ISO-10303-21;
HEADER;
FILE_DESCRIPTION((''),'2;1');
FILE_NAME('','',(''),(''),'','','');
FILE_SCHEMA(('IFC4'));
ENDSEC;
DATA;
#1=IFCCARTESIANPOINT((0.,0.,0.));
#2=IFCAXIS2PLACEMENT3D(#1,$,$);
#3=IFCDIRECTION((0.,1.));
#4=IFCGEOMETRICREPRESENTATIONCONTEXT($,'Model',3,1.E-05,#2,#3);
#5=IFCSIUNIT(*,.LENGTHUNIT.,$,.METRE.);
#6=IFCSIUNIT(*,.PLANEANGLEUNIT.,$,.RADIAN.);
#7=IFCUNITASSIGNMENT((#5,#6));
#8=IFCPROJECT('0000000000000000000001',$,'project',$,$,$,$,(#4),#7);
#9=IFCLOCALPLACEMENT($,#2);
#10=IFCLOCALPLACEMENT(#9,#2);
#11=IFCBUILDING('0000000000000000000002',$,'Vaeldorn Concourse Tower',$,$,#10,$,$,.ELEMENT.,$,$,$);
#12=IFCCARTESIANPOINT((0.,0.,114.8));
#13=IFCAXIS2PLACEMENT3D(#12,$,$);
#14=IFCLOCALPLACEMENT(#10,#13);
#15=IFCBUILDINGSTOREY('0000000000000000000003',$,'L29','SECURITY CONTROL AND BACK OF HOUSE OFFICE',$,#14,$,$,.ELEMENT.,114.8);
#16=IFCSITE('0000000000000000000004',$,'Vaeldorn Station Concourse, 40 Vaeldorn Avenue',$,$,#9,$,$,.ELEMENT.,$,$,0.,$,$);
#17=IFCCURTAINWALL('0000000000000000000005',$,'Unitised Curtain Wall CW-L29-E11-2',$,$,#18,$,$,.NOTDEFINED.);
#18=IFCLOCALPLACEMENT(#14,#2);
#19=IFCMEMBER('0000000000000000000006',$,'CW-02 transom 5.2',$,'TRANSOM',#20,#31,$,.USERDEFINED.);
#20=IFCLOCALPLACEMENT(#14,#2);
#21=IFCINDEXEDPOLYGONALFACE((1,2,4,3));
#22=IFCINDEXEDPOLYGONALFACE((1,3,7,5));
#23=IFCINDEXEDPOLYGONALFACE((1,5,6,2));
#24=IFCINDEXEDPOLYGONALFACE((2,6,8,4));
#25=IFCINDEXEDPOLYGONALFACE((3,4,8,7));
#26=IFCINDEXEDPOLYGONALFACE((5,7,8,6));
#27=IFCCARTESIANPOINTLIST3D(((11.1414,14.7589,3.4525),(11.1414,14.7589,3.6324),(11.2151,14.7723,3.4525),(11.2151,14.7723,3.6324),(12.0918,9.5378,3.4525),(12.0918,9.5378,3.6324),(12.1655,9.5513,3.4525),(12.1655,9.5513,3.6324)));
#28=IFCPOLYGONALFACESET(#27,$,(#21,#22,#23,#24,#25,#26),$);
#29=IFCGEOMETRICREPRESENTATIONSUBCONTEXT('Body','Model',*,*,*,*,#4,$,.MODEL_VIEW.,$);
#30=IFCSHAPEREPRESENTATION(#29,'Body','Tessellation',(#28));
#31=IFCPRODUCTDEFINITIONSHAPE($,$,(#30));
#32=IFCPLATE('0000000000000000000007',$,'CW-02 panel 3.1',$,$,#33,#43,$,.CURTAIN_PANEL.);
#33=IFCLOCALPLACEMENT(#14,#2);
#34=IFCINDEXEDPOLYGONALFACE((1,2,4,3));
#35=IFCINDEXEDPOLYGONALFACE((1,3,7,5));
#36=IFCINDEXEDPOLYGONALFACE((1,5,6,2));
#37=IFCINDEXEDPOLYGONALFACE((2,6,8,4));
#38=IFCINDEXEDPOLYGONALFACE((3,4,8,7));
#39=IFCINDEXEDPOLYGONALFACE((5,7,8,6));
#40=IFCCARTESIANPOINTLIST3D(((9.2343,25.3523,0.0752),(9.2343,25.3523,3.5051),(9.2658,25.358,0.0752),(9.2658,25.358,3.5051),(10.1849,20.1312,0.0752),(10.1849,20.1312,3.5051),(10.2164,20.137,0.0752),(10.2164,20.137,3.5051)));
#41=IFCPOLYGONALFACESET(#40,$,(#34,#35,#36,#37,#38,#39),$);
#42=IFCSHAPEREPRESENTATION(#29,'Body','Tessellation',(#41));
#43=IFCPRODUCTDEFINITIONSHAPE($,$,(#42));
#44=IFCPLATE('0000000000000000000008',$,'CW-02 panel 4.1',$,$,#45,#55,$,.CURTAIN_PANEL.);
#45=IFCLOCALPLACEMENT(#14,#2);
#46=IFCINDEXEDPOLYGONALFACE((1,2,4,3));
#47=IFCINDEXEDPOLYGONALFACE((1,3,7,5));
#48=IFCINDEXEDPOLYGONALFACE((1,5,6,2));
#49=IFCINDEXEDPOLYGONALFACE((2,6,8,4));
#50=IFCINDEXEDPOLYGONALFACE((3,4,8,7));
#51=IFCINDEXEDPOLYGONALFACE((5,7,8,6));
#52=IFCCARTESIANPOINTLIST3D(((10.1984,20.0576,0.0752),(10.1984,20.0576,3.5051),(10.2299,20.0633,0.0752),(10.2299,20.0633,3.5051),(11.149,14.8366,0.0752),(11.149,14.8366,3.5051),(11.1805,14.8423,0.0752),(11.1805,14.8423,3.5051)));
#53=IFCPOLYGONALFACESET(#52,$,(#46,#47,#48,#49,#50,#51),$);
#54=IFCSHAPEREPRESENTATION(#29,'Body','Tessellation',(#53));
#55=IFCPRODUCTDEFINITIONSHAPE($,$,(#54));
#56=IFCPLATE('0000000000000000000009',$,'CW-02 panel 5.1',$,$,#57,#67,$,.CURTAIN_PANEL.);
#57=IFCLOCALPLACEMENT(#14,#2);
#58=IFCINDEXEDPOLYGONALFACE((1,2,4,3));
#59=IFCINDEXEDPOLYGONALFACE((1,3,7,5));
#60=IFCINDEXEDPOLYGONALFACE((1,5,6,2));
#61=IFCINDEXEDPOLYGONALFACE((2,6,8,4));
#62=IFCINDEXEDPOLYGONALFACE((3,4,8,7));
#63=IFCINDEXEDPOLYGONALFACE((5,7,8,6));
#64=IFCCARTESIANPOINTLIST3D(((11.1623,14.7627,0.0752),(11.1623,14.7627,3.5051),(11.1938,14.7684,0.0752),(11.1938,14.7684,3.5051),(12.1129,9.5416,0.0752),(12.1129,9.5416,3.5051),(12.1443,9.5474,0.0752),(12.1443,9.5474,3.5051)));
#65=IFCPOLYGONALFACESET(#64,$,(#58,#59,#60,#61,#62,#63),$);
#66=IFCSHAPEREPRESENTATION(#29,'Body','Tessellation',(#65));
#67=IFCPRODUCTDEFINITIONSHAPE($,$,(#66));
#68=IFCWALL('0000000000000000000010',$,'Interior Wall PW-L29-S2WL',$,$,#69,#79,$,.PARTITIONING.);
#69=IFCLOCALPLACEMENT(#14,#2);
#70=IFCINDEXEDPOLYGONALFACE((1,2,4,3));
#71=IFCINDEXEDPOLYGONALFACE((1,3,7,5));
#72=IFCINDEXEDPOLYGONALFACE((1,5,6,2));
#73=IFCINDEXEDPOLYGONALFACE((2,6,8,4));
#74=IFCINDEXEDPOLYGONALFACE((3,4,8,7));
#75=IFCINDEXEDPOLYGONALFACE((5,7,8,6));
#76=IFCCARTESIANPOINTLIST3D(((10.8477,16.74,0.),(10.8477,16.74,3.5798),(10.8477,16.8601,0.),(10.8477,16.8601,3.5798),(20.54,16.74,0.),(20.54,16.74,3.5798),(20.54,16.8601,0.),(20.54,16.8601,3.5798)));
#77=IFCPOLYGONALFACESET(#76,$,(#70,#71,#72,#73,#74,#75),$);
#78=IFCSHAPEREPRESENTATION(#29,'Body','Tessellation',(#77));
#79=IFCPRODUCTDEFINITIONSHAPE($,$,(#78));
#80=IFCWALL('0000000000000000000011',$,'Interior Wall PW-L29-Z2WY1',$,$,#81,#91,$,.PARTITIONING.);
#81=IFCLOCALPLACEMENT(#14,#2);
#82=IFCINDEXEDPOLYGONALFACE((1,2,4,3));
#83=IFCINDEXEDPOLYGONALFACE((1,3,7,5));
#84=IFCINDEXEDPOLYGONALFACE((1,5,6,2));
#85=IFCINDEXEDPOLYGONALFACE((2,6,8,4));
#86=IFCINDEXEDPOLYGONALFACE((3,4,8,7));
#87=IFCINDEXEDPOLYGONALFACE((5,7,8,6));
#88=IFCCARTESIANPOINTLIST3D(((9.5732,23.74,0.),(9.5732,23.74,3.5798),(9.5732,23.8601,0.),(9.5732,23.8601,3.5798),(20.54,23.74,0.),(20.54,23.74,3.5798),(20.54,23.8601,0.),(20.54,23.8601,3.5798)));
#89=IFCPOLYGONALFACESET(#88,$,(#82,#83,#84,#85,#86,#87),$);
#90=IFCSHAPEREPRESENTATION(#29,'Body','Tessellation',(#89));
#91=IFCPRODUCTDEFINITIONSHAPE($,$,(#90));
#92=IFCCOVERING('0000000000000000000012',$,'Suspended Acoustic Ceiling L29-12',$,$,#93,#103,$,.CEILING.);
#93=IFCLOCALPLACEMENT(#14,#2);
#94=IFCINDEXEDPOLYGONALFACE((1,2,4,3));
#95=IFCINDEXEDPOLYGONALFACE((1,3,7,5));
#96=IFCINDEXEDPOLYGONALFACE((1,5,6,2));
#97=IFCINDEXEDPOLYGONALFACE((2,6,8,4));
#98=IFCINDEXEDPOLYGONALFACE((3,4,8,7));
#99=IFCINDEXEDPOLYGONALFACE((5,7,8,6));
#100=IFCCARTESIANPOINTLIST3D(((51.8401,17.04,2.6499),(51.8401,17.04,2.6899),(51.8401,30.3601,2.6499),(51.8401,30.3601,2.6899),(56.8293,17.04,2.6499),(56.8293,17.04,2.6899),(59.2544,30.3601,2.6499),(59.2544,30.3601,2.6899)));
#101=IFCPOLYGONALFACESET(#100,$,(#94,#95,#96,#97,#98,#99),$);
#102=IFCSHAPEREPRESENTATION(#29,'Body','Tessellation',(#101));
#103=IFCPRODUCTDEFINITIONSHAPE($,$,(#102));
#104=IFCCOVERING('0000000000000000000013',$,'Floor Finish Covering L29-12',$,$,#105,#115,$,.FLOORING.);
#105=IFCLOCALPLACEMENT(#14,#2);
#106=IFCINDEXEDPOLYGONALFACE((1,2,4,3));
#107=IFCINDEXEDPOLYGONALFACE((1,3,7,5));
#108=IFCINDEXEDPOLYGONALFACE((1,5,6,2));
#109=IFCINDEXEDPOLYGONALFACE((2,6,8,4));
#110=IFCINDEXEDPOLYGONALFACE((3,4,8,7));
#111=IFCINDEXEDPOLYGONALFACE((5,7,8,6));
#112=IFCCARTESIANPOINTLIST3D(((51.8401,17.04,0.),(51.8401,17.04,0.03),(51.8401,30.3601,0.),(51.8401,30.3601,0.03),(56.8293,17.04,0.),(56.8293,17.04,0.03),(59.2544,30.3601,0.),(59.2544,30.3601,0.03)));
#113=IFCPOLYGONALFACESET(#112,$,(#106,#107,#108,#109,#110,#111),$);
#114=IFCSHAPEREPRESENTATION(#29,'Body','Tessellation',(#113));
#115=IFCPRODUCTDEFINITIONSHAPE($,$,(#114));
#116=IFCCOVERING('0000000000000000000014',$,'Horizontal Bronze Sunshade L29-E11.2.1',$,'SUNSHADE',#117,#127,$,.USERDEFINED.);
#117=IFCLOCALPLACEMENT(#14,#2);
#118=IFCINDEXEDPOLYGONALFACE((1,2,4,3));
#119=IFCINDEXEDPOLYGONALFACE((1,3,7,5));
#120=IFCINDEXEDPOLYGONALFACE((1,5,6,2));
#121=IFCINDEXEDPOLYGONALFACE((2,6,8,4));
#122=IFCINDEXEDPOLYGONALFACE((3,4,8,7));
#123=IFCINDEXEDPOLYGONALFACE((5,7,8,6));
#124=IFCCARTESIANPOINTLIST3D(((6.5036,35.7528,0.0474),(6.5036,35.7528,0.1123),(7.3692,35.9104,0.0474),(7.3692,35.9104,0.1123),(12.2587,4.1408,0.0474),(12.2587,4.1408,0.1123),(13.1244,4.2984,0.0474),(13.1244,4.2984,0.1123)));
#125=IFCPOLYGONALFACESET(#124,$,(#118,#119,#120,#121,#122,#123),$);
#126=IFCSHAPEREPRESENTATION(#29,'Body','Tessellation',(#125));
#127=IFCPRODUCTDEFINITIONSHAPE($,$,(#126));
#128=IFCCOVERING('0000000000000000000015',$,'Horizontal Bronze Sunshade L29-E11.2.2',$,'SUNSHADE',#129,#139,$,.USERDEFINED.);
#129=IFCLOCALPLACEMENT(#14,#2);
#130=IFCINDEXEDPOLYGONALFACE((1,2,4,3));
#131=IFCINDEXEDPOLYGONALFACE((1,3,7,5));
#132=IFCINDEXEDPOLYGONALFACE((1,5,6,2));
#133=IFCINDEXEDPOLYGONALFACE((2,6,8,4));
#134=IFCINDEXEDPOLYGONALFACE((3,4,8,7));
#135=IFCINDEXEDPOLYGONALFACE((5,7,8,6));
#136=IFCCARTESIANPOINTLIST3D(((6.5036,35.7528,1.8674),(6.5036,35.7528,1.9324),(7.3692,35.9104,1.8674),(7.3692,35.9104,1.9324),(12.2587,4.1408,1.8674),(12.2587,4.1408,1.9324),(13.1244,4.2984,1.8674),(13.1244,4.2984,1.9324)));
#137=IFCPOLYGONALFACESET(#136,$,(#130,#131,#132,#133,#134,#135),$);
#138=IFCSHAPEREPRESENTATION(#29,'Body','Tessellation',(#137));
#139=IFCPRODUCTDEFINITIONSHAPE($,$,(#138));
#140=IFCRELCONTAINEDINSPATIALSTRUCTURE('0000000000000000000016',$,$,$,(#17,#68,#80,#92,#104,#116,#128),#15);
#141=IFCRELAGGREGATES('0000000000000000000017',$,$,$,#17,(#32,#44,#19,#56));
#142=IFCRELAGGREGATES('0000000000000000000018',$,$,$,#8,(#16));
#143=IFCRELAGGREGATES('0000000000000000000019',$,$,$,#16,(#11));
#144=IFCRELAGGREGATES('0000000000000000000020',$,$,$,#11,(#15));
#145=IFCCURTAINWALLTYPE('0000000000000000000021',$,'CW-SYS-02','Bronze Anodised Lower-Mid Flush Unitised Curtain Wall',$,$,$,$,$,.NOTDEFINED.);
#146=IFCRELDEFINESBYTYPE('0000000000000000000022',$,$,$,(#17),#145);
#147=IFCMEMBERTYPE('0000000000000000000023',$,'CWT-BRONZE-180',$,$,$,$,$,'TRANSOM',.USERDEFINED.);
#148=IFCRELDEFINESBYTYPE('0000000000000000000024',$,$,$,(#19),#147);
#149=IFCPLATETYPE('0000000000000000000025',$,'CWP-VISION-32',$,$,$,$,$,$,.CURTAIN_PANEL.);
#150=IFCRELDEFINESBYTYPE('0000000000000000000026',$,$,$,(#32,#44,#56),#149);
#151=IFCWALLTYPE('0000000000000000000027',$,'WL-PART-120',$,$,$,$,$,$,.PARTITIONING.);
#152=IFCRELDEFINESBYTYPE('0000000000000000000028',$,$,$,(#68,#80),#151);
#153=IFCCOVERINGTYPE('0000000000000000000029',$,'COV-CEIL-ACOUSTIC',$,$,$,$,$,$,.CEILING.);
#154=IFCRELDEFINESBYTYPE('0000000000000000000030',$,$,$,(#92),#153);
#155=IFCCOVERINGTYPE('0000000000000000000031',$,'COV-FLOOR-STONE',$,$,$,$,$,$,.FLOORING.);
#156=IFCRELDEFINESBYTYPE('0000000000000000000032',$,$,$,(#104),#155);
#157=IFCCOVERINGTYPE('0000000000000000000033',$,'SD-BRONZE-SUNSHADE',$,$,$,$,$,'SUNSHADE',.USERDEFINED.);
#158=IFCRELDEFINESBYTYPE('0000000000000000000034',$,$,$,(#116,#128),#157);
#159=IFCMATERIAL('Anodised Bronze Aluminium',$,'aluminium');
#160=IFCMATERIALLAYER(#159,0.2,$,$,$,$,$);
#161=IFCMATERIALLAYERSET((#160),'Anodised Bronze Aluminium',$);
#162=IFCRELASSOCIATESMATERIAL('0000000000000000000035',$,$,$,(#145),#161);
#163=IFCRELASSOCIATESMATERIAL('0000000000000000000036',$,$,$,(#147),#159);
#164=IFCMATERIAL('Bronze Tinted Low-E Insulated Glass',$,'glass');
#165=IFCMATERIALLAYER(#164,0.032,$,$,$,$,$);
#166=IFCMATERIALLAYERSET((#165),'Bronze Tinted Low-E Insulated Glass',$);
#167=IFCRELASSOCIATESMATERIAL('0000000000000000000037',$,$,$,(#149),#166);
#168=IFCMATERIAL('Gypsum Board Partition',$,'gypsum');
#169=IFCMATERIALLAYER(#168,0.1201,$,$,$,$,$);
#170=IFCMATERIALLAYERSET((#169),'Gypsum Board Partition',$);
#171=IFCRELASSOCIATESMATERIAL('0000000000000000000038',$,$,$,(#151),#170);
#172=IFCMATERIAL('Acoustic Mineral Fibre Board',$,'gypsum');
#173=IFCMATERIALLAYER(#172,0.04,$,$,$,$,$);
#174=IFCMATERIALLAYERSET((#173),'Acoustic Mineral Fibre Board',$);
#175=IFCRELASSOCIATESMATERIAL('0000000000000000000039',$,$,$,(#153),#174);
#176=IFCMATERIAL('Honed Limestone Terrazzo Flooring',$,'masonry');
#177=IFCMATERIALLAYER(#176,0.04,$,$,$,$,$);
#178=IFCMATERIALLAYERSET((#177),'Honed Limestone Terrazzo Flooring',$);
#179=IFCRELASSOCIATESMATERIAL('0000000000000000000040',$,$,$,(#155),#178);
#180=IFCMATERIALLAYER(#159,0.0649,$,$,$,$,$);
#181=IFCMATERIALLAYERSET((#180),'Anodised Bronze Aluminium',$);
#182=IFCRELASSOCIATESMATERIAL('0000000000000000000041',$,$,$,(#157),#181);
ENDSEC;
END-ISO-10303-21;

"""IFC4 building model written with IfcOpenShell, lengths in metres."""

from ifc_helpers import new_model, si_unit, direction, frame, frame_2d, origin, origin_2d, place, context, subcontext, project, spatial, polyline, rectangle, outline, extrude, source, transform, mapped, material, layer, layer_set, material_profile, profile_set, type_object, element, aggregate, save


model = new_model("IFC4")

# Units and contexts
model_context = context("Model", 3, precision=1e-05, world=origin(), true_north=direction((0.0, 1.0)))
body_context = subcontext(model_context, "Body", "Model", "MODEL_VIEW")
ifc_project = project(units=[si_unit("LENGTHUNIT", "METRE"), si_unit("PLANEANGLEUNIT", "RADIAN")], contexts=[model_context])

# Site, building, storey
site_placement = place(None, origin())
site = spatial("IfcSite", under=ifc_project, at=site_placement, Name="Vaeldorn Station Concourse, 40 Vaeldorn Avenue", CompositionType="ELEMENT", RefElevation=0.0)
building_placement = place(site_placement, origin())
building = spatial("IfcBuilding", under=site, at=building_placement, Name="Vaeldorn Concourse Tower", CompositionType="ELEMENT")
storey_placement = place(building_placement, frame((0.0, 0.0, 114.8)))
storey = spatial("IfcBuildingStorey", under=building, at=storey_placement, Name="L29", Description="SECURITY CONTROL AND BACK OF HOUSE OFFICE", CompositionType="ELEMENT", Elevation=114.8)

# Curtain wall, member, plates
ifc_material_1 = material(Name="Anodised Bronze Aluminium", Category="aluminium")
ifc_layer_1 = layer(ifc_material_1, 0.2)
ifc_layer_set_1 = layer_set([ifc_layer_1], Name="Anodised Bronze Aluminium")
curtain_wall_type = type_object("IfcCurtainWallType", Name="CW-SYS-02", Description="Bronze Anodised Lower-Mid Flush Unitised Curtain Wall", PredefinedType="NOTDEFINED", material=ifc_layer_set_1)
curtain_wall_placement = place(storey_placement, origin())
curtain_wall = element("IfcCurtainWall", 1, at=curtain_wall_placement, inside=storey, type_object=curtain_wall_type, Name="Unitised Curtain Wall CW-L29-E11-2", PredefinedType="NOTDEFINED")
ifc_material_profile_1 = material_profile(ifc_material_1, rectangle(XDim=0.075, YDim=0.1799, at=origin_2d()), Name="CWT 75x180")
ifc_profile_set_1 = profile_set([ifc_material_profile_1], Name="Anodised Bronze Aluminium")
member_type_1 = type_object("IfcMemberType", Name="CWT-BRONZE-180", ElementType="TRANSOM", PredefinedType="USERDEFINED", material=ifc_profile_set_1)
shared_shape_1 = source(origin(), body_context, "Body", "SweptSolid", [
    extrude(rectangle(XDim=0.075, YDim=0.1799, at=origin_2d()), origin(), (0.0, 0.0, 1.0), 5.3069),
])
member_1_placement = place(storey_placement, frame((11.1782, 14.7656, 3.5425), z_axis=(0.179092, -0.983832, 0.0), x_axis=(0.983832, 0.179092, 0.0)))
member_1 = element("IfcMember", 2, at=member_1_placement, type_object=member_type_1, Name="CW-02 transom 5.2", ObjectType="TRANSOM", PredefinedType="USERDEFINED", context=body_context, shape_type="MappedRepresentation", body=[
    mapped(shared_shape_1, transform((0.0, 0.0, 0.0), scale=1.0)),
])
ifc_material_2 = material(Name="Bronze Tinted Low-E Insulated Glass", Category="glass")
ifc_layer_2 = layer(ifc_material_2, 0.032)
ifc_layer_set_2 = layer_set([ifc_layer_2], Name="Bronze Tinted Low-E Insulated Glass")
plate_type = type_object("IfcPlateType", Name="CWP-VISION-32", PredefinedType="CURTAIN_PANEL", material=ifc_layer_set_2)
shared_shape_2 = source(origin(), body_context, "Body", "SweptSolid", [
    extrude(rectangle(XDim=5.3069, YDim=0.032, at=origin_2d()), origin(), (0.0, 0.0, 1.0), 3.4299),
])
plate_1_placement = place(storey_placement, frame((9.7253, 22.7446, 0.0752), z_axis=(0.0, 0.0, 1.0), x_axis=(0.179118, -0.983828, 0.0)))
plate_1 = element("IfcPlate", 3, at=plate_1_placement, type_object=plate_type, Name="CW-02 panel 3.1", PredefinedType="CURTAIN_PANEL", context=body_context, shape_type="MappedRepresentation", body=[
    mapped(shared_shape_2, transform((0.0, 0.0, 0.0), scale=1.0)),
])
plate_2_placement = place(storey_placement, frame((10.6895, 17.45, 0.0752), z_axis=(0.0, 0.0, 1.0), x_axis=(0.179118, -0.983828, 0.0)))
plate_2 = element("IfcPlate", 4, at=plate_2_placement, type_object=plate_type, Name="CW-02 panel 4.1", PredefinedType="CURTAIN_PANEL", context=body_context, shape_type="MappedRepresentation", body=[
    mapped(shared_shape_2, transform((0.0, 0.0, 0.0), scale=1.0)),
])
plate_3_placement = place(storey_placement, frame((11.6533, 12.155, 0.0752), z_axis=(0.0, 0.0, 1.0), x_axis=(0.179118, -0.983828, 0.0)))
plate_3 = element("IfcPlate", 5, at=plate_3_placement, type_object=plate_type, Name="CW-02 panel 5.1", PredefinedType="CURTAIN_PANEL", context=body_context, shape_type="MappedRepresentation", body=[
    mapped(shared_shape_2, transform((0.0, 0.0, 0.0), scale=1.0)),
])
aggregate(curtain_wall, [plate_1, plate_2, member_1, plate_3])

# Walls
ifc_material_3 = material(Name="Gypsum Board Partition", Category="gypsum")
ifc_layer_3 = layer(ifc_material_3, 0.1201)
ifc_layer_set_3 = layer_set([ifc_layer_3], Name="Gypsum Board Partition")
wall_type = type_object("IfcWallType", Name="WL-PART-120", PredefinedType="PARTITIONING", material=ifc_layer_set_3)
wall_1_placement = place(storey_placement, frame((10.8477, 16.8, 0.0), z_axis=(0.0, 0.0, 1.0), x_axis=(1.0, 0.0, 0.0)))
element("IfcWall", 6, at=wall_1_placement, inside=storey, type_object=wall_type, Name="Interior Wall PW-L29-S2WL", PredefinedType="PARTITIONING", context=body_context, shape_type="SweptSolid", body=[
    extrude(rectangle(XDim=9.6924, YDim=0.1201, at=frame_2d((4.8462, 0.0))), origin(), (0.0, 0.0, 1.0), 3.5798),
])
wall_2_placement = place(storey_placement, frame((9.5732, 23.8, 0.0), z_axis=(0.0, 0.0, 1.0), x_axis=(1.0, 0.0, 0.0)))
element("IfcWall", 7, at=wall_2_placement, inside=storey, type_object=wall_type, Name="Interior Wall PW-L29-Z2WY1", PredefinedType="PARTITIONING", context=body_context, shape_type="SweptSolid", body=[
    extrude(rectangle(XDim=10.9668, YDim=0.1201, at=frame_2d((5.4834, 0.0))), origin(), (0.0, 0.0, 1.0), 3.5798),
])

# Coverings
ifc_material_4 = material(Name="Acoustic Mineral Fibre Board", Category="gypsum")
ifc_layer_4 = layer(ifc_material_4, 0.04)
ifc_layer_set_4 = layer_set([ifc_layer_4], Name="Acoustic Mineral Fibre Board")
covering_type_1 = type_object("IfcCoveringType", Name="COV-CEIL-ACOUSTIC", PredefinedType="CEILING", material=ifc_layer_set_4)
covering_1_placement = place(storey_placement, frame((0.0, 0.0, 2.6499)))
element("IfcCovering", 8, at=covering_1_placement, inside=storey, type_object=covering_type_1, Name="Suspended Acoustic Ceiling L29-12", PredefinedType="CEILING", context=body_context, shape_type="SweptSolid", body=[
    extrude(outline(polyline([(51.8401, 17.04), (51.8401, 30.3601), (59.2544, 30.3601), (56.8293, 17.04), (51.8401, 17.04)])), origin(), (0.0, 0.0, 1.0), 0.04),
])
ifc_material_5 = material(Name="Honed Limestone Terrazzo Flooring", Category="masonry")
ifc_layer_5 = layer(ifc_material_5, 0.04)
ifc_layer_set_5 = layer_set([ifc_layer_5], Name="Honed Limestone Terrazzo Flooring")
covering_type_2 = type_object("IfcCoveringType", Name="COV-FLOOR-STONE", PredefinedType="FLOORING", material=ifc_layer_set_5)
covering_2_placement = place(storey_placement, origin())
element("IfcCovering", 9, at=covering_2_placement, inside=storey, type_object=covering_type_2, Name="Floor Finish Covering L29-12", PredefinedType="FLOORING", context=body_context, shape_type="SweptSolid", body=[
    extrude(outline(polyline([(51.8401, 17.04), (51.8401, 30.3601), (59.2544, 30.3601), (56.8293, 17.04), (51.8401, 17.04)])), origin(), (0.0, 0.0, 1.0), 0.03),
])
ifc_layer_6 = layer(ifc_material_1, 0.0649)
ifc_layer_set_6 = layer_set([ifc_layer_6], Name="Anodised Bronze Aluminium")
covering_type_3 = type_object("IfcCoveringType", Name="SD-BRONZE-SUNSHADE", ElementType="SUNSHADE", PredefinedType="USERDEFINED", material=ifc_layer_set_6)
shared_shape_3 = source(origin(), body_context, "Body", "SweptSolid", [
    extrude(rectangle(XDim=32.1316, YDim=0.8799, at=origin_2d()), origin(), (0.0, 0.0, 1.0), 0.0649),
])
for number, where, z_axis, x_axis, name in (
    (10, (9.814, 20.0256, 0.0474), (0.0, 0.0, 1.0), (0.179111, -0.983829, 0.0), "Horizontal Bronze Sunshade L29-E11.2.1"),
    (11, (9.814, 20.0256, 1.8674), (0.0, 0.0, 1.0), (0.179111, -0.983829, 0.0), "Horizontal Bronze Sunshade L29-E11.2.2"),
):
    element("IfcCovering", number, at=place(storey_placement, frame(where, z_axis=z_axis, x_axis=x_axis)), inside=storey, type_object=covering_type_3, Name=name, ObjectType="SUNSHADE", PredefinedType="USERDEFINED", context=body_context, shape_type="MappedRepresentation", body=[
        mapped(shared_shape_3, transform((0.0, 0.0, 0.0), scale=1.0)),
    ])

save(model, "model.ifc")
